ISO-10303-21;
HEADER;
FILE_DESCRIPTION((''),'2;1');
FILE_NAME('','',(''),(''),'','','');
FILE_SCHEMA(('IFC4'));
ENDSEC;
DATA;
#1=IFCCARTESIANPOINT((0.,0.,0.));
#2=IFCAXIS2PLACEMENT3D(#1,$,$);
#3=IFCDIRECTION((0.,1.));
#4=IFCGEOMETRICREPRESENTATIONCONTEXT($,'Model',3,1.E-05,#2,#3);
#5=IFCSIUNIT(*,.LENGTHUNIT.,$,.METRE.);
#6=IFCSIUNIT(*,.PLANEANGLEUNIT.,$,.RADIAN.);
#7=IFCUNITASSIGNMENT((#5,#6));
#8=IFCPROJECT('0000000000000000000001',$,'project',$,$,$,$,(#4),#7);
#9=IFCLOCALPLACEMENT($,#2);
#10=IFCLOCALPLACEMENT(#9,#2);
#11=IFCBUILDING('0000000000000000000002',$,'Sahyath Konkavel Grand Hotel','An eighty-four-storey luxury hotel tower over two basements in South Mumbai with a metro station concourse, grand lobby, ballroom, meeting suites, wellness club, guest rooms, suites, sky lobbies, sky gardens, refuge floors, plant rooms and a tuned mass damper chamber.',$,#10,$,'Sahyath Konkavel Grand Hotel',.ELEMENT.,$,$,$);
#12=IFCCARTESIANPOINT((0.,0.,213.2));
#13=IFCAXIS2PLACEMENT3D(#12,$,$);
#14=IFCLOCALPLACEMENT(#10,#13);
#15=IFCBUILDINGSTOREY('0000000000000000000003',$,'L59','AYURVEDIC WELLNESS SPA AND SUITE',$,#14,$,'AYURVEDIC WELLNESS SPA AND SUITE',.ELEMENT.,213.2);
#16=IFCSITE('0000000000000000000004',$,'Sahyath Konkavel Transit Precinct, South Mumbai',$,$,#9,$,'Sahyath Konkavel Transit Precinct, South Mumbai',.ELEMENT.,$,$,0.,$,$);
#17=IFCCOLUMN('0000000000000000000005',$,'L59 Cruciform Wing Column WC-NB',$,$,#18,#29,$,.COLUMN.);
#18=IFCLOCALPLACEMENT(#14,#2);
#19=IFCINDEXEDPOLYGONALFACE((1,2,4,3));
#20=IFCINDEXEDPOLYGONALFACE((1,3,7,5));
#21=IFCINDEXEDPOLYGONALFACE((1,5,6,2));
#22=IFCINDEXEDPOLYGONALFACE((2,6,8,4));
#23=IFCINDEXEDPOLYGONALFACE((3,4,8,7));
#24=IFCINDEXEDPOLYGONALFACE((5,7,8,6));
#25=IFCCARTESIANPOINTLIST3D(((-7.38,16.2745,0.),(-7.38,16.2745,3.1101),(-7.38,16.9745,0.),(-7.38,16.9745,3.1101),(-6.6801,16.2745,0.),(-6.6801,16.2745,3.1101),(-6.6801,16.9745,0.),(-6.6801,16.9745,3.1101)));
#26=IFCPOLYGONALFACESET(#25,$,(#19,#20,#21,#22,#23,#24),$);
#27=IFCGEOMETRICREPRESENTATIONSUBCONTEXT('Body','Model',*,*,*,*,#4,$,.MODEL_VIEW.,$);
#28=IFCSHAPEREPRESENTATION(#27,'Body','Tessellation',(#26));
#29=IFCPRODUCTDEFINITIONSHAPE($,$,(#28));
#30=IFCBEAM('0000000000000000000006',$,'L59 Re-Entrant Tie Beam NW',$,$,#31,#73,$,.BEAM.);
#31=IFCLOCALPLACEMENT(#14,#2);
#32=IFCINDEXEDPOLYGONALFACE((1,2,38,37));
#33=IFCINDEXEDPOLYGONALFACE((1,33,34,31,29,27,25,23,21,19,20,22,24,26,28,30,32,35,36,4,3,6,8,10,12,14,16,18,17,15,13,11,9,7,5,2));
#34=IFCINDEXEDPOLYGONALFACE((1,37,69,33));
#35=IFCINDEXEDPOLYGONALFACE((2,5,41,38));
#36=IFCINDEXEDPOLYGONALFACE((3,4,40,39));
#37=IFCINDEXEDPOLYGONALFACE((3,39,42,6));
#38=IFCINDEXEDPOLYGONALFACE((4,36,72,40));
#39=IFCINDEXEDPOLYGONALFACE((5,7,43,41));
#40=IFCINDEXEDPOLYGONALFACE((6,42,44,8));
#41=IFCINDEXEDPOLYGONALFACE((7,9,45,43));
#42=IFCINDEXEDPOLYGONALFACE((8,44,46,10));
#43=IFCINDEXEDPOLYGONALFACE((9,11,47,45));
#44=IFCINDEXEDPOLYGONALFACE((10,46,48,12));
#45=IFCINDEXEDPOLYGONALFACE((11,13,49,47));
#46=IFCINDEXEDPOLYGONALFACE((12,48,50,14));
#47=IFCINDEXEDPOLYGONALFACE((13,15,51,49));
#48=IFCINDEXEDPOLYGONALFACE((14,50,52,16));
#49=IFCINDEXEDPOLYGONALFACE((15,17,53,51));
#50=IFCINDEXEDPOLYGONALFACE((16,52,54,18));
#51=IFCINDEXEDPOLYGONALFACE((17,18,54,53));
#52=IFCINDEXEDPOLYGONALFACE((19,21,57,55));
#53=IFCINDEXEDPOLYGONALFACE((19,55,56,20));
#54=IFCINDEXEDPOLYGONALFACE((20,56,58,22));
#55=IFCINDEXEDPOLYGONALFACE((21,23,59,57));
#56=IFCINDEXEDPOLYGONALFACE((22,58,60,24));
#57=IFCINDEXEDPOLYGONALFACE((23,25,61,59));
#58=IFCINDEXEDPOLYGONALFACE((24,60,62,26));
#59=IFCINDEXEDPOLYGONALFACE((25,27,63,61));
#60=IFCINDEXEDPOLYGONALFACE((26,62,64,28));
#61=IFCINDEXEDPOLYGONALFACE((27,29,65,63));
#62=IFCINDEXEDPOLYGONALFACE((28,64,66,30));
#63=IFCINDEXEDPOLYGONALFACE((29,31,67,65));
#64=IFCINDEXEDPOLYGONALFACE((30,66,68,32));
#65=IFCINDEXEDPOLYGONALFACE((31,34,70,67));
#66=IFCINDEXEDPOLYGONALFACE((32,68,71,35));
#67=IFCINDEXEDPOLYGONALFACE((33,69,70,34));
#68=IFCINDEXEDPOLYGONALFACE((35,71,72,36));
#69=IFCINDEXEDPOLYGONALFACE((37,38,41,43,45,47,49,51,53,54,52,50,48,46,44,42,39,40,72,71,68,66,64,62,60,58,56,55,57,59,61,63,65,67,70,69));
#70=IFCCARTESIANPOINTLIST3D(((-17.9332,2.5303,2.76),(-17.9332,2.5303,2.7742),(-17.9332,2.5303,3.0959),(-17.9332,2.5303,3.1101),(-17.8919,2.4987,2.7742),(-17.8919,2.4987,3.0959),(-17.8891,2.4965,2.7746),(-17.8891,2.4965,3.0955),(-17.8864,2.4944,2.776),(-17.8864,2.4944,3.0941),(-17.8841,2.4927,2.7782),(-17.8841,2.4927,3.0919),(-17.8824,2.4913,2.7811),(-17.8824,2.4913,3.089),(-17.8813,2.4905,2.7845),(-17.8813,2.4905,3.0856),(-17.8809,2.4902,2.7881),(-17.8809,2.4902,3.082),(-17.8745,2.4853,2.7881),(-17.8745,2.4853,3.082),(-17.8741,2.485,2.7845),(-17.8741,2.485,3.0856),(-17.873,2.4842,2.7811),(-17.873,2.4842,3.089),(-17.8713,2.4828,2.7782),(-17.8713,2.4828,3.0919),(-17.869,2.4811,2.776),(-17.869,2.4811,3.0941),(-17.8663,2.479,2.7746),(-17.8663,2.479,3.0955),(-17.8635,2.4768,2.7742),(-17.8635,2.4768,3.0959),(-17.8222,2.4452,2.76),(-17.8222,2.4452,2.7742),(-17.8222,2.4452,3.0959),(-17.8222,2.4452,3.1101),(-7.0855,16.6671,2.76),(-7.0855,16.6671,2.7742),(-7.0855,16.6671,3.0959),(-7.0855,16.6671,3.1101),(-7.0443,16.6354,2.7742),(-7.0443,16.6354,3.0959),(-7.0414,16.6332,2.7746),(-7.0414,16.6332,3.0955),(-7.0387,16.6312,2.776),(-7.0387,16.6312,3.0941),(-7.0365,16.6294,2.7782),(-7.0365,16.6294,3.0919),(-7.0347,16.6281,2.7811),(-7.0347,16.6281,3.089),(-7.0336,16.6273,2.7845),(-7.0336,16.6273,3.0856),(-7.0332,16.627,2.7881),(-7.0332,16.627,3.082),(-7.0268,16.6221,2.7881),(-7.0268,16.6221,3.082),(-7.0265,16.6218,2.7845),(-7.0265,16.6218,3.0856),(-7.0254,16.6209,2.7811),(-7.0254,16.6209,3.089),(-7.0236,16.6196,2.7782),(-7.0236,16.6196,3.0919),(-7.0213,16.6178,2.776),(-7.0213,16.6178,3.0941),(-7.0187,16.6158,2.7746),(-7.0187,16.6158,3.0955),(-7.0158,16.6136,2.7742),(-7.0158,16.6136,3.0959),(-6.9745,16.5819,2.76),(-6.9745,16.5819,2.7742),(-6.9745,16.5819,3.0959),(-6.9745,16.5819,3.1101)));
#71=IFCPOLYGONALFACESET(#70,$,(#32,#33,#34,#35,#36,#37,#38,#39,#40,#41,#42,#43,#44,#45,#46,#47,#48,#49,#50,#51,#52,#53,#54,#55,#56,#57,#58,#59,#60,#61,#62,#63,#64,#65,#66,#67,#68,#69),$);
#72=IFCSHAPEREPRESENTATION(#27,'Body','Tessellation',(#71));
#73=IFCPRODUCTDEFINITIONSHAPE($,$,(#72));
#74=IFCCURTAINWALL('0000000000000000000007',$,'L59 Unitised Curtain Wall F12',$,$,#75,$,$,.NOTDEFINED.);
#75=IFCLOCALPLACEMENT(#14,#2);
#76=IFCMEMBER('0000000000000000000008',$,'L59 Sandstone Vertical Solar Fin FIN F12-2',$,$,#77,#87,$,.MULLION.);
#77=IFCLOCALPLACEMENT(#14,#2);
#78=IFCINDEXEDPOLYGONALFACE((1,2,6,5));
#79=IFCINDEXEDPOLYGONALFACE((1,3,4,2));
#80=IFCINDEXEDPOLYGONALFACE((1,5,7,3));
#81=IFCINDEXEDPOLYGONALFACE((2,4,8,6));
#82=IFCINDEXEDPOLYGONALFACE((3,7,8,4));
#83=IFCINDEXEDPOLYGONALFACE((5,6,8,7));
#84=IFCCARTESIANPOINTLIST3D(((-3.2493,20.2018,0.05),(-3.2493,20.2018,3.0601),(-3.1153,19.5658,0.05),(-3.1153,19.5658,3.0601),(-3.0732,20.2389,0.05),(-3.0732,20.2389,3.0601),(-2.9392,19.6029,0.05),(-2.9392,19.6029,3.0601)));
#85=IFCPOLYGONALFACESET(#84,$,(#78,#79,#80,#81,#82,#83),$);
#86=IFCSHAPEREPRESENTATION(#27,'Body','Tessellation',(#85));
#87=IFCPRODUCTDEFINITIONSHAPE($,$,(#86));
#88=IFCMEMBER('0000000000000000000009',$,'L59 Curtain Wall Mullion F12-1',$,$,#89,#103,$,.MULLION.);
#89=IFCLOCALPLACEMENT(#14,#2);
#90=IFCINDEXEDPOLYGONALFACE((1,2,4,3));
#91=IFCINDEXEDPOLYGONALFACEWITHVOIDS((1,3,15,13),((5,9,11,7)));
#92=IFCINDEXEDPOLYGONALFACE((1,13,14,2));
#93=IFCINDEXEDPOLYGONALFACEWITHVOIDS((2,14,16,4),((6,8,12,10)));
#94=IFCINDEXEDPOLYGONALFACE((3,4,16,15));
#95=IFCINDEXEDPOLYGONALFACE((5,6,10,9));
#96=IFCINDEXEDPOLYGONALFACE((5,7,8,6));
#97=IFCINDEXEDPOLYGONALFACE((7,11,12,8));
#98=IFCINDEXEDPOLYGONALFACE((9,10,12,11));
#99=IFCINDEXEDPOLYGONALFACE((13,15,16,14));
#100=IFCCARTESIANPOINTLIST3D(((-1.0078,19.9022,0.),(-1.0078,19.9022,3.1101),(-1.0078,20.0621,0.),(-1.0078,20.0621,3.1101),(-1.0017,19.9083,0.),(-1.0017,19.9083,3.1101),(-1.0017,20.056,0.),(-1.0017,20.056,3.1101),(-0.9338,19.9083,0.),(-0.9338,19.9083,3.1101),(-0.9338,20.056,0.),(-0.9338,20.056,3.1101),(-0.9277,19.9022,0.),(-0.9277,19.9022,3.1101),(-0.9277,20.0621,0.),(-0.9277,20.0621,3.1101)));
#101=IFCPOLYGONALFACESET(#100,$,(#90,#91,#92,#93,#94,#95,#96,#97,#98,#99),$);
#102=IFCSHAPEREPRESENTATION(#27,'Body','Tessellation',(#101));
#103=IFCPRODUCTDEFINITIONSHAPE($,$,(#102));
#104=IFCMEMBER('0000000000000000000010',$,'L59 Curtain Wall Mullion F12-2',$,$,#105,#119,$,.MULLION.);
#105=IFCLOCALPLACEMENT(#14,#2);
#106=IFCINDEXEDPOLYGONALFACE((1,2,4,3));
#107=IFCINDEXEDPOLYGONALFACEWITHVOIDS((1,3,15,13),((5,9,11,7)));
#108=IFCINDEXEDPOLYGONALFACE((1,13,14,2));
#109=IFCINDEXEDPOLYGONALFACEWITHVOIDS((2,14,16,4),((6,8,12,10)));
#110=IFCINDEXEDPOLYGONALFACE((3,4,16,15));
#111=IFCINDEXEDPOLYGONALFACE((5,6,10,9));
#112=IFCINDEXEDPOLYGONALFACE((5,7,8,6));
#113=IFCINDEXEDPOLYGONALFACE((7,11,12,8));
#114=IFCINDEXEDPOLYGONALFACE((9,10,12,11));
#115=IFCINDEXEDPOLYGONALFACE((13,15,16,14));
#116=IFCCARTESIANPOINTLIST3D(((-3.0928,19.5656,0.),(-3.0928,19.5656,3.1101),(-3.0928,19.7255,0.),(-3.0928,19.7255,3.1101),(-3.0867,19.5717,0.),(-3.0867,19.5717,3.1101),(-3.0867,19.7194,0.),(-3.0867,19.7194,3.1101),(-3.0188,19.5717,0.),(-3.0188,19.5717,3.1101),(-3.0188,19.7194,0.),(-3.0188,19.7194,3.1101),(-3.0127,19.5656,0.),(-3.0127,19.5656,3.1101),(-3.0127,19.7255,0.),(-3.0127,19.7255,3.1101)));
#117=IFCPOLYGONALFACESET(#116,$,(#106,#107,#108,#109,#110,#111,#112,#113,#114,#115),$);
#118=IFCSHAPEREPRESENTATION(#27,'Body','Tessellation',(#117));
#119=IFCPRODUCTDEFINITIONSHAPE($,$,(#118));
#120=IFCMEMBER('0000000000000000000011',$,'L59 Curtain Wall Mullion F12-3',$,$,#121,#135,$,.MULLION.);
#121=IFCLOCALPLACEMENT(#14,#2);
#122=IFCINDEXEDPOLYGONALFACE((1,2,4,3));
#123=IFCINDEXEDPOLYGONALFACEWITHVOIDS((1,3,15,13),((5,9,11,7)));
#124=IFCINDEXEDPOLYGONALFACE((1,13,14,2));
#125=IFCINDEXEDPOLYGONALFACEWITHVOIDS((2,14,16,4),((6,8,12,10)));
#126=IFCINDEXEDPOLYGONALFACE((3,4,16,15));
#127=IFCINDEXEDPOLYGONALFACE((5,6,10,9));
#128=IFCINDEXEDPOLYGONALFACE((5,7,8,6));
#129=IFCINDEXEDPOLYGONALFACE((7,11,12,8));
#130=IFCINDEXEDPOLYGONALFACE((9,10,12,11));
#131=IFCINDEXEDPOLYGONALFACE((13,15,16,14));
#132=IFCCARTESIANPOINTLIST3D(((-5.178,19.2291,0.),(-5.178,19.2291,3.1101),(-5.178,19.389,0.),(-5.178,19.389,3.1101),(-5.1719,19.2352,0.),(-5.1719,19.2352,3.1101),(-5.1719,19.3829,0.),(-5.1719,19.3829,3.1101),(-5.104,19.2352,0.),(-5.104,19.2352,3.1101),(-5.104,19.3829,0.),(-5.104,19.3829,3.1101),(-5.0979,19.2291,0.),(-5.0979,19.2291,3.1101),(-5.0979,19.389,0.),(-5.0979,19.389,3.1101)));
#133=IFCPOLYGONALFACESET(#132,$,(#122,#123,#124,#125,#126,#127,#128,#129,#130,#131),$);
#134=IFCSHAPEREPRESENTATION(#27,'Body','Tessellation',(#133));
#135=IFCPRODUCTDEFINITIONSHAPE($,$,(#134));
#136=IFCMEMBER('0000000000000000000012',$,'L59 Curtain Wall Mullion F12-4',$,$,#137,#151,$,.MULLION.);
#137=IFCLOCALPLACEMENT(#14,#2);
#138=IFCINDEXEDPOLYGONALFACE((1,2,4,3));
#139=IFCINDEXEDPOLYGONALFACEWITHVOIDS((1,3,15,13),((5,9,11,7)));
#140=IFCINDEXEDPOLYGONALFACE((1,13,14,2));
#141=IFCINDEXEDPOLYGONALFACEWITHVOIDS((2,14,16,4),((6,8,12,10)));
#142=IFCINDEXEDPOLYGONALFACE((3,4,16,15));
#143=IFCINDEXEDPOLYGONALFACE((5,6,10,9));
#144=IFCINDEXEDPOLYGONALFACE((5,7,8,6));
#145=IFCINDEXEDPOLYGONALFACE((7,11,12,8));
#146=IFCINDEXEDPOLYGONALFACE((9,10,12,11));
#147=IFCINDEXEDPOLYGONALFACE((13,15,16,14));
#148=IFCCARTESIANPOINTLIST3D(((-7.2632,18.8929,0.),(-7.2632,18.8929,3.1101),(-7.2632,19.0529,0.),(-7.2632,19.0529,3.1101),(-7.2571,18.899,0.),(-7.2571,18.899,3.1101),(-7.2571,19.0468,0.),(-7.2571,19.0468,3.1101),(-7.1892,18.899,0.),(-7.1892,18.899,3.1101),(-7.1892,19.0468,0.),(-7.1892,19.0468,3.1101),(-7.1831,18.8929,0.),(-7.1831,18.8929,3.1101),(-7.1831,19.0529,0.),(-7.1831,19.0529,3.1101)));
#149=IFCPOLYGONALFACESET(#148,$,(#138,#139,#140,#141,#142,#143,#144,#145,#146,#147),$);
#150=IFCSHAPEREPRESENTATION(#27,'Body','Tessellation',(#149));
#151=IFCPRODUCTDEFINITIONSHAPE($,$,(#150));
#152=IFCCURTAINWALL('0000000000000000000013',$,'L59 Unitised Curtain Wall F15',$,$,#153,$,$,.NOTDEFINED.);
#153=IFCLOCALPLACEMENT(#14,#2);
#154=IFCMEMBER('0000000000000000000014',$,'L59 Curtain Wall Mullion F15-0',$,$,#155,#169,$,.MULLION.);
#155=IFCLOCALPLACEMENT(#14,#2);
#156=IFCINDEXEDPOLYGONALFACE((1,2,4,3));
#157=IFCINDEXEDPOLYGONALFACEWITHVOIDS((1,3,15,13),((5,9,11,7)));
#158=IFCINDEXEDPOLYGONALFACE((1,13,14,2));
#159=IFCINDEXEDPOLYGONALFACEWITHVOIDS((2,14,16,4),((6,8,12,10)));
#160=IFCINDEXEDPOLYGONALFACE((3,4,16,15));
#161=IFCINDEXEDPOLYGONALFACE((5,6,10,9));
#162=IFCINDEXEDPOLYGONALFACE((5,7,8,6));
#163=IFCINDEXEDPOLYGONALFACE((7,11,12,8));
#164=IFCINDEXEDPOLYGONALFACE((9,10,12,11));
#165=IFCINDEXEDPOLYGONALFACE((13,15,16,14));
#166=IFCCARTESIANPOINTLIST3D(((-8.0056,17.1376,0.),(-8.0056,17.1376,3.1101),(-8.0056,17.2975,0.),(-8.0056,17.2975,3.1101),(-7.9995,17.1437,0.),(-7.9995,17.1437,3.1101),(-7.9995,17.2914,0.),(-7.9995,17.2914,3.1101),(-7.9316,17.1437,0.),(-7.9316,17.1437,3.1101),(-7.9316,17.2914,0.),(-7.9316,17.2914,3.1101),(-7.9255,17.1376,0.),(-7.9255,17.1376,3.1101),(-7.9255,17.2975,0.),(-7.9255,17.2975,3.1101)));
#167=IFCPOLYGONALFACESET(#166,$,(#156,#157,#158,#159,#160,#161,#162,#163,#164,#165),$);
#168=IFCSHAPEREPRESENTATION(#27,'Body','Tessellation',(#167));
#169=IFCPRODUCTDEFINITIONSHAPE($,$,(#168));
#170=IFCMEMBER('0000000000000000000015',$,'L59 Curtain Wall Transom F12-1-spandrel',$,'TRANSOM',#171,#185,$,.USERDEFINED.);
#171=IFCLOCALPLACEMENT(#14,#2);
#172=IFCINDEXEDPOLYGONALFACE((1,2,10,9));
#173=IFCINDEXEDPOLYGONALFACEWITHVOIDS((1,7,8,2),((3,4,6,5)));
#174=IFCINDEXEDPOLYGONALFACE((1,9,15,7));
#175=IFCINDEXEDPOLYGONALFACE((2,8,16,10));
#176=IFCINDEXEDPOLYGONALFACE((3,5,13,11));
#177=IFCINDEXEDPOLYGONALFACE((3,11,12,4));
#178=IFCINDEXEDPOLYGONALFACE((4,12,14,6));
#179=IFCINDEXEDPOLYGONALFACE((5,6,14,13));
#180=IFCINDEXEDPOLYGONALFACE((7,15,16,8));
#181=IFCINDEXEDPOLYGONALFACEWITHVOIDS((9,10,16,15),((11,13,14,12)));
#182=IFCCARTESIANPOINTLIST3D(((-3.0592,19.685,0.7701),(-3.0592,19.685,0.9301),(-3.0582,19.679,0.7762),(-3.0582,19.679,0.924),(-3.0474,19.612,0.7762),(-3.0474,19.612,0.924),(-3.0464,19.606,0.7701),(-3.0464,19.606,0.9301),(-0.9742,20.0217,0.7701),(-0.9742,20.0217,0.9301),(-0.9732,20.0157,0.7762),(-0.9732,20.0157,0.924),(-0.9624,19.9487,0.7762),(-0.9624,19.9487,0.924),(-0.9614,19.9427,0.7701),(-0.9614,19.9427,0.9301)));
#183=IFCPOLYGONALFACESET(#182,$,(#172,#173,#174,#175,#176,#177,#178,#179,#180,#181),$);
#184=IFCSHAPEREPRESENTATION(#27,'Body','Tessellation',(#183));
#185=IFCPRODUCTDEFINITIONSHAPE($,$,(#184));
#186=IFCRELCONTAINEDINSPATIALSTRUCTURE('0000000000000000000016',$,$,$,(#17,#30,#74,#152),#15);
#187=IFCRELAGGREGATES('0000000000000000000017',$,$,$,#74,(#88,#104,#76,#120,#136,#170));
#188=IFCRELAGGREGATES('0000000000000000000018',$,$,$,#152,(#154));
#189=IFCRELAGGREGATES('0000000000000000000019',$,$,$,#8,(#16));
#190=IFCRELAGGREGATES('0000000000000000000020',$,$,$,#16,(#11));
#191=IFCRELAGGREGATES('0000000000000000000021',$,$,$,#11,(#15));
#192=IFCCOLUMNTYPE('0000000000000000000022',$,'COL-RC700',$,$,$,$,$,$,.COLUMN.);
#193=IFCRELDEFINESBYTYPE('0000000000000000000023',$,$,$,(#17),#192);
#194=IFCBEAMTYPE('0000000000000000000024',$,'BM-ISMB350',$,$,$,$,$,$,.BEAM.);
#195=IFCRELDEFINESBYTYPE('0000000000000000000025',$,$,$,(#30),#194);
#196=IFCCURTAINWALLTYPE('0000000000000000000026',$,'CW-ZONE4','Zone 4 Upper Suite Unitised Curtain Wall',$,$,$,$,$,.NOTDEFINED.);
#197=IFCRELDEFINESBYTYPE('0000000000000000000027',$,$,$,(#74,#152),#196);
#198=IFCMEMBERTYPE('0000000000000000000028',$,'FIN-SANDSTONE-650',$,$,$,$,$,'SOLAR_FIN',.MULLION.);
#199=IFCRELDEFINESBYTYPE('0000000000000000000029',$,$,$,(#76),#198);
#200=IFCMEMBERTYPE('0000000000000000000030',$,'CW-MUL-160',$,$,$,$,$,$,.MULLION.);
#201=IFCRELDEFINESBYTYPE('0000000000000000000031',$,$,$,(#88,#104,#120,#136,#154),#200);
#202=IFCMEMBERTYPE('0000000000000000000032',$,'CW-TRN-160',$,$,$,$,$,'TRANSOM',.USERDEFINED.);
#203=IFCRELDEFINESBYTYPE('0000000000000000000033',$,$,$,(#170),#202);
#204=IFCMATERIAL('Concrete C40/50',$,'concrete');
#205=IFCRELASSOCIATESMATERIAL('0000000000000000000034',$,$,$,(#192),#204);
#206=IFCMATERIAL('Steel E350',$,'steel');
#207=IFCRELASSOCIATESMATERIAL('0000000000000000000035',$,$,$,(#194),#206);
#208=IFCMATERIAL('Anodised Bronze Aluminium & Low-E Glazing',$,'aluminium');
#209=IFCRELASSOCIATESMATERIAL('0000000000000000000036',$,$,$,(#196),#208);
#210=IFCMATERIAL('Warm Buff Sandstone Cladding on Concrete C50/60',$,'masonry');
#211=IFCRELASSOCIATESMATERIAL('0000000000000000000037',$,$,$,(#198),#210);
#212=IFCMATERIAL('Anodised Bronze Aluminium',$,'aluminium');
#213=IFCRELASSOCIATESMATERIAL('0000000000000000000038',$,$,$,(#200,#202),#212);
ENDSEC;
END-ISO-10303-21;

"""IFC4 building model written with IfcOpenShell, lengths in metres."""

from ifc_helpers import new_model, si_unit, direction, frame, origin, origin_2d, place, context, subcontext, project, spatial, rectangle, hollow_rectangle, i_section, extrude, source, transform, mapped, material, material_profile, profile_set, type_object, element, aggregate, save


model = new_model("IFC4")

# Units and contexts
model_context = context("Model", 3, precision=1e-05, world=origin(), true_north=direction((0.0, 1.0)))
body_context = subcontext(model_context, "Body", "Model", "MODEL_VIEW")
ifc_project = project(units=[si_unit("LENGTHUNIT", "METRE"), si_unit("PLANEANGLEUNIT", "RADIAN")], contexts=[model_context])

# Site, building, storey
site_placement = place(None, origin())
site = spatial("IfcSite", under=ifc_project, at=site_placement, Name="Sahyath Konkavel Transit Precinct, South Mumbai", LongName="Sahyath Konkavel Transit Precinct, South Mumbai", CompositionType="ELEMENT", RefElevation=0.0)
building_placement = place(site_placement, origin())
building = spatial("IfcBuilding", under=site, at=building_placement, Name="Sahyath Konkavel Grand Hotel", Description="An eighty-four-storey luxury hotel tower over two basements in South Mumbai with a metro station concourse, grand lobby, ballroom, meeting suites, wellness club, guest rooms, suites, sky lobbies, sky gardens, refuge floors, plant rooms and a tuned mass damper chamber.", LongName="Sahyath Konkavel Grand Hotel", CompositionType="ELEMENT")
storey_placement = place(building_placement, frame((0.0, 0.0, 213.2)))
storey = spatial("IfcBuildingStorey", under=building, at=storey_placement, Name="L59", Description="AYURVEDIC WELLNESS SPA AND SUITE", LongName="AYURVEDIC WELLNESS SPA AND SUITE", CompositionType="ELEMENT", Elevation=213.2)

# Column
ifc_material_1 = material(Name="Concrete C40/50", Category="concrete")
ifc_material_profile_1 = material_profile(ifc_material_1, rectangle(XDim=0.7, YDim=0.7, at=origin_2d()), Name="RC 700x700")
ifc_profile_set_1 = profile_set([ifc_material_profile_1], Name="Concrete C40/50")
column_type = type_object("IfcColumnType", Name="COL-RC700", PredefinedType="COLUMN", material=ifc_profile_set_1)
shared_shape_1 = source(origin(), body_context, "Body", "SweptSolid", [
    extrude(rectangle(XDim=0.7, YDim=0.7, at=origin_2d()), origin(), (0.0, 0.0, 1.0), 3.1101),
])
column_placement = place(storey_placement, frame((-7.03, 16.6245, 0.0), z_axis=(0.0, 0.0, 1.0), x_axis=(1.0, 0.0, 0.0)))
element("IfcColumn", 1, at=column_placement, inside=storey, type_object=column_type, Name="L59 Cruciform Wing Column WC-NB", PredefinedType="COLUMN", context=body_context, shape_type="MappedRepresentation", body=[
    mapped(shared_shape_1, transform((0.0, 0.0, 0.0), scale=1.0)),
])

# Beam
ifc_material_2 = material(Name="Steel E350", Category="steel")
ifc_material_profile_2 = material_profile(ifc_material_2, i_section(OverallWidth=0.1399, OverallDepth=0.3501, WebThickness=0.0081, FlangeThickness=0.0142, FilletRadius=0.0139, at=origin_2d()), Name="ISMB 350")
ifc_profile_set_2 = profile_set([ifc_material_profile_2], Name="Steel E350")
beam_type = type_object("IfcBeamType", Name="BM-ISMB350", PredefinedType="BEAM", material=ifc_profile_set_2)
shared_shape_2 = source(origin(), body_context, "Body", "SweptSolid", [
    extrude(i_section(OverallWidth=0.1399, OverallDepth=0.3501, WebThickness=0.0081, FlangeThickness=0.0142, FilletRadius=0.0139, at=origin_2d()), origin(), (0.0, 0.0, 1.0), 17.8191),
])
beam_placement = place(storey_placement, frame((-7.03, 16.6245, 2.9351), z_axis=(-0.608767, -0.793349, 0.0), x_axis=(0.793349, -0.608767, 0.0)))
element("IfcBeam", 2, at=beam_placement, inside=storey, type_object=beam_type, Name="L59 Re-Entrant Tie Beam NW", PredefinedType="BEAM", context=body_context, shape_type="MappedRepresentation", body=[
    mapped(shared_shape_2, transform((0.0, 0.0, 0.0), scale=1.0)),
])

# Curtain wall, members
ifc_material_3 = material(Name="Anodised Bronze Aluminium & Low-E Glazing", Category="aluminium")
curtain_wall_type = type_object("IfcCurtainWallType", Name="CW-ZONE4", Description="Zone 4 Upper Suite Unitised Curtain Wall", PredefinedType="NOTDEFINED", material=ifc_material_3)
curtain_wall_1_placement = place(storey_placement, origin())
curtain_wall_1 = element("IfcCurtainWall", 3, at=curtain_wall_1_placement, inside=storey, type_object=curtain_wall_type, Name="L59 Unitised Curtain Wall F12", PredefinedType="NOTDEFINED")
ifc_material_4 = material(Name="Warm Buff Sandstone Cladding on Concrete C50/60", Category="masonry")
ifc_material_profile_3 = material_profile(ifc_material_4, rectangle(XDim=0.1799, YDim=0.6499, at=origin_2d()), Name="FIN 180x650")
ifc_profile_set_3 = profile_set([ifc_material_profile_3], Name="Warm Buff Sandstone Cladding on Concrete C50/60")
member_type_1 = type_object("IfcMemberType", Name="FIN-SANDSTONE-650", ElementType="SOLAR_FIN", PredefinedType="MULLION", material=ifc_profile_set_3)
shared_shape_3 = source(origin(), body_context, "Body", "SweptSolid", [
    extrude(rectangle(XDim=0.1799, YDim=0.6499, at=origin_2d()), origin(), (0.0, 0.0, 1.0), 3.01),
])
member_1_placement = place(storey_placement, frame((-3.0942, 19.9023, 0.05), z_axis=(0.0, 0.0, 1.0), x_axis=(0.978509, 0.206204, 0.0)))
member_1 = element("IfcMember", 4, at=member_1_placement, type_object=member_type_1, Name="L59 Sandstone Vertical Solar Fin FIN F12-2", PredefinedType="MULLION", context=body_context, shape_type="MappedRepresentation", body=[
    mapped(shared_shape_3, transform((0.0, 0.0, 0.0), scale=1.0)),
])
ifc_material_5 = material(Name="Anodised Bronze Aluminium", Category="aluminium")
ifc_material_profile_4 = material_profile(ifc_material_5, hollow_rectangle(XDim=0.0801, YDim=0.1599, WallThickness=0.0061, at=origin_2d()), Name="RHS 160x80x6")
ifc_profile_set_4 = profile_set([ifc_material_profile_4], Name="Anodised Bronze Aluminium")
member_type_2 = type_object("IfcMemberType", Name="CW-MUL-160", PredefinedType="MULLION", material=ifc_profile_set_4)
shared_shape_4 = source(origin(), body_context, "Body", "SweptSolid", [
    extrude(hollow_rectangle(XDim=0.0801, YDim=0.1599, WallThickness=0.0061, at=origin_2d()), origin(), (0.0, 0.0, 1.0), 3.1101),
])
member_2_placement = place(storey_placement, frame((-0.9678, 19.9822, 0.0), z_axis=(0.0, 0.0, 1.0), x_axis=(1.0, 0.0, 0.0)))
member_2 = element("IfcMember", 5, at=member_2_placement, type_object=member_type_2, Name="L59 Curtain Wall Mullion F12-1", PredefinedType="MULLION", context=body_context, shape_type="MappedRepresentation", body=[
    mapped(shared_shape_4, transform((0.0, 0.0, 0.0), scale=1.0)),
])
member_3_placement = place(storey_placement, frame((-3.0527, 19.6455, 0.0), z_axis=(0.0, 0.0, 1.0), x_axis=(1.0, 0.0, 0.0)))
member_3 = element("IfcMember", 6, at=member_3_placement, type_object=member_type_2, Name="L59 Curtain Wall Mullion F12-2", PredefinedType="MULLION", context=body_context, shape_type="MappedRepresentation", body=[
    mapped(shared_shape_4, transform((0.0, 0.0, 0.0), scale=1.0)),
])
member_4_placement = place(storey_placement, frame((-5.1379, 19.3091, 0.0), z_axis=(0.0, 0.0, 1.0), x_axis=(1.0, 0.0, 0.0)))
member_4 = element("IfcMember", 7, at=member_4_placement, type_object=member_type_2, Name="L59 Curtain Wall Mullion F12-3", PredefinedType="MULLION", context=body_context, shape_type="MappedRepresentation", body=[
    mapped(shared_shape_4, transform((0.0, 0.0, 0.0), scale=1.0)),
])
member_5_placement = place(storey_placement, frame((-7.2231, 18.9729, 0.0), z_axis=(0.0, 0.0, 1.0), x_axis=(1.0, 0.0, 0.0)))
member_5 = element("IfcMember", 8, at=member_5_placement, type_object=member_type_2, Name="L59 Curtain Wall Mullion F12-4", PredefinedType="MULLION", context=body_context, shape_type="MappedRepresentation", body=[
    mapped(shared_shape_4, transform((0.0, 0.0, 0.0), scale=1.0)),
])

# Curtain wall, member
curtain_wall_2_placement = place(storey_placement, origin())
curtain_wall_2 = element("IfcCurtainWall", 9, at=curtain_wall_2_placement, inside=storey, type_object=curtain_wall_type, Name="L59 Unitised Curtain Wall F15", PredefinedType="NOTDEFINED")
member_6_placement = place(storey_placement, frame((-7.9656, 17.2175, 0.0), z_axis=(0.0, 0.0, 1.0), x_axis=(1.0, 0.0, 0.0)))
member_6 = element("IfcMember", 10, at=member_6_placement, type_object=member_type_2, Name="L59 Curtain Wall Mullion F15-0", PredefinedType="MULLION", context=body_context, shape_type="MappedRepresentation", body=[
    mapped(shared_shape_4, transform((0.0, 0.0, 0.0), scale=1.0)),
])

# Member
ifc_material_profile_5 = material_profile(ifc_material_5, hollow_rectangle(XDim=0.0801, YDim=0.1599, WallThickness=0.0061, at=origin_2d()), Name="RHS 160x80x6")
ifc_profile_set_5 = profile_set([ifc_material_profile_5], Name="Anodised Bronze Aluminium")
member_type_3 = type_object("IfcMemberType", Name="CW-TRN-160", ElementType="TRANSOM", PredefinedType="USERDEFINED", material=ifc_profile_set_5)
shared_shape_5 = source(origin(), body_context, "Body", "SweptSolid", [
    extrude(hollow_rectangle(XDim=0.0801, YDim=0.1599, WallThickness=0.0061, at=origin_2d()), origin(), (0.0, 0.0, 1.0), 2.1121),
])
member_7_placement = place(storey_placement, frame((-0.9678, 19.9822, 0.8501), z_axis=(-0.987212, -0.159411, 0.0), x_axis=(0.159411, -0.987212, 0.0)))
member_7 = element("IfcMember", 11, at=member_7_placement, type_object=member_type_3, Name="L59 Curtain Wall Transom F12-1-spandrel", ObjectType="TRANSOM", PredefinedType="USERDEFINED", context=body_context, shape_type="MappedRepresentation", body=[
    mapped(shared_shape_5, transform((0.0, 0.0, 0.0), scale=1.0)),
])

aggregate(curtain_wall_1, [member_2, member_3, member_1, member_4, member_5, member_7])
aggregate(curtain_wall_2, [member_6])

save(model, "model.ifc")
